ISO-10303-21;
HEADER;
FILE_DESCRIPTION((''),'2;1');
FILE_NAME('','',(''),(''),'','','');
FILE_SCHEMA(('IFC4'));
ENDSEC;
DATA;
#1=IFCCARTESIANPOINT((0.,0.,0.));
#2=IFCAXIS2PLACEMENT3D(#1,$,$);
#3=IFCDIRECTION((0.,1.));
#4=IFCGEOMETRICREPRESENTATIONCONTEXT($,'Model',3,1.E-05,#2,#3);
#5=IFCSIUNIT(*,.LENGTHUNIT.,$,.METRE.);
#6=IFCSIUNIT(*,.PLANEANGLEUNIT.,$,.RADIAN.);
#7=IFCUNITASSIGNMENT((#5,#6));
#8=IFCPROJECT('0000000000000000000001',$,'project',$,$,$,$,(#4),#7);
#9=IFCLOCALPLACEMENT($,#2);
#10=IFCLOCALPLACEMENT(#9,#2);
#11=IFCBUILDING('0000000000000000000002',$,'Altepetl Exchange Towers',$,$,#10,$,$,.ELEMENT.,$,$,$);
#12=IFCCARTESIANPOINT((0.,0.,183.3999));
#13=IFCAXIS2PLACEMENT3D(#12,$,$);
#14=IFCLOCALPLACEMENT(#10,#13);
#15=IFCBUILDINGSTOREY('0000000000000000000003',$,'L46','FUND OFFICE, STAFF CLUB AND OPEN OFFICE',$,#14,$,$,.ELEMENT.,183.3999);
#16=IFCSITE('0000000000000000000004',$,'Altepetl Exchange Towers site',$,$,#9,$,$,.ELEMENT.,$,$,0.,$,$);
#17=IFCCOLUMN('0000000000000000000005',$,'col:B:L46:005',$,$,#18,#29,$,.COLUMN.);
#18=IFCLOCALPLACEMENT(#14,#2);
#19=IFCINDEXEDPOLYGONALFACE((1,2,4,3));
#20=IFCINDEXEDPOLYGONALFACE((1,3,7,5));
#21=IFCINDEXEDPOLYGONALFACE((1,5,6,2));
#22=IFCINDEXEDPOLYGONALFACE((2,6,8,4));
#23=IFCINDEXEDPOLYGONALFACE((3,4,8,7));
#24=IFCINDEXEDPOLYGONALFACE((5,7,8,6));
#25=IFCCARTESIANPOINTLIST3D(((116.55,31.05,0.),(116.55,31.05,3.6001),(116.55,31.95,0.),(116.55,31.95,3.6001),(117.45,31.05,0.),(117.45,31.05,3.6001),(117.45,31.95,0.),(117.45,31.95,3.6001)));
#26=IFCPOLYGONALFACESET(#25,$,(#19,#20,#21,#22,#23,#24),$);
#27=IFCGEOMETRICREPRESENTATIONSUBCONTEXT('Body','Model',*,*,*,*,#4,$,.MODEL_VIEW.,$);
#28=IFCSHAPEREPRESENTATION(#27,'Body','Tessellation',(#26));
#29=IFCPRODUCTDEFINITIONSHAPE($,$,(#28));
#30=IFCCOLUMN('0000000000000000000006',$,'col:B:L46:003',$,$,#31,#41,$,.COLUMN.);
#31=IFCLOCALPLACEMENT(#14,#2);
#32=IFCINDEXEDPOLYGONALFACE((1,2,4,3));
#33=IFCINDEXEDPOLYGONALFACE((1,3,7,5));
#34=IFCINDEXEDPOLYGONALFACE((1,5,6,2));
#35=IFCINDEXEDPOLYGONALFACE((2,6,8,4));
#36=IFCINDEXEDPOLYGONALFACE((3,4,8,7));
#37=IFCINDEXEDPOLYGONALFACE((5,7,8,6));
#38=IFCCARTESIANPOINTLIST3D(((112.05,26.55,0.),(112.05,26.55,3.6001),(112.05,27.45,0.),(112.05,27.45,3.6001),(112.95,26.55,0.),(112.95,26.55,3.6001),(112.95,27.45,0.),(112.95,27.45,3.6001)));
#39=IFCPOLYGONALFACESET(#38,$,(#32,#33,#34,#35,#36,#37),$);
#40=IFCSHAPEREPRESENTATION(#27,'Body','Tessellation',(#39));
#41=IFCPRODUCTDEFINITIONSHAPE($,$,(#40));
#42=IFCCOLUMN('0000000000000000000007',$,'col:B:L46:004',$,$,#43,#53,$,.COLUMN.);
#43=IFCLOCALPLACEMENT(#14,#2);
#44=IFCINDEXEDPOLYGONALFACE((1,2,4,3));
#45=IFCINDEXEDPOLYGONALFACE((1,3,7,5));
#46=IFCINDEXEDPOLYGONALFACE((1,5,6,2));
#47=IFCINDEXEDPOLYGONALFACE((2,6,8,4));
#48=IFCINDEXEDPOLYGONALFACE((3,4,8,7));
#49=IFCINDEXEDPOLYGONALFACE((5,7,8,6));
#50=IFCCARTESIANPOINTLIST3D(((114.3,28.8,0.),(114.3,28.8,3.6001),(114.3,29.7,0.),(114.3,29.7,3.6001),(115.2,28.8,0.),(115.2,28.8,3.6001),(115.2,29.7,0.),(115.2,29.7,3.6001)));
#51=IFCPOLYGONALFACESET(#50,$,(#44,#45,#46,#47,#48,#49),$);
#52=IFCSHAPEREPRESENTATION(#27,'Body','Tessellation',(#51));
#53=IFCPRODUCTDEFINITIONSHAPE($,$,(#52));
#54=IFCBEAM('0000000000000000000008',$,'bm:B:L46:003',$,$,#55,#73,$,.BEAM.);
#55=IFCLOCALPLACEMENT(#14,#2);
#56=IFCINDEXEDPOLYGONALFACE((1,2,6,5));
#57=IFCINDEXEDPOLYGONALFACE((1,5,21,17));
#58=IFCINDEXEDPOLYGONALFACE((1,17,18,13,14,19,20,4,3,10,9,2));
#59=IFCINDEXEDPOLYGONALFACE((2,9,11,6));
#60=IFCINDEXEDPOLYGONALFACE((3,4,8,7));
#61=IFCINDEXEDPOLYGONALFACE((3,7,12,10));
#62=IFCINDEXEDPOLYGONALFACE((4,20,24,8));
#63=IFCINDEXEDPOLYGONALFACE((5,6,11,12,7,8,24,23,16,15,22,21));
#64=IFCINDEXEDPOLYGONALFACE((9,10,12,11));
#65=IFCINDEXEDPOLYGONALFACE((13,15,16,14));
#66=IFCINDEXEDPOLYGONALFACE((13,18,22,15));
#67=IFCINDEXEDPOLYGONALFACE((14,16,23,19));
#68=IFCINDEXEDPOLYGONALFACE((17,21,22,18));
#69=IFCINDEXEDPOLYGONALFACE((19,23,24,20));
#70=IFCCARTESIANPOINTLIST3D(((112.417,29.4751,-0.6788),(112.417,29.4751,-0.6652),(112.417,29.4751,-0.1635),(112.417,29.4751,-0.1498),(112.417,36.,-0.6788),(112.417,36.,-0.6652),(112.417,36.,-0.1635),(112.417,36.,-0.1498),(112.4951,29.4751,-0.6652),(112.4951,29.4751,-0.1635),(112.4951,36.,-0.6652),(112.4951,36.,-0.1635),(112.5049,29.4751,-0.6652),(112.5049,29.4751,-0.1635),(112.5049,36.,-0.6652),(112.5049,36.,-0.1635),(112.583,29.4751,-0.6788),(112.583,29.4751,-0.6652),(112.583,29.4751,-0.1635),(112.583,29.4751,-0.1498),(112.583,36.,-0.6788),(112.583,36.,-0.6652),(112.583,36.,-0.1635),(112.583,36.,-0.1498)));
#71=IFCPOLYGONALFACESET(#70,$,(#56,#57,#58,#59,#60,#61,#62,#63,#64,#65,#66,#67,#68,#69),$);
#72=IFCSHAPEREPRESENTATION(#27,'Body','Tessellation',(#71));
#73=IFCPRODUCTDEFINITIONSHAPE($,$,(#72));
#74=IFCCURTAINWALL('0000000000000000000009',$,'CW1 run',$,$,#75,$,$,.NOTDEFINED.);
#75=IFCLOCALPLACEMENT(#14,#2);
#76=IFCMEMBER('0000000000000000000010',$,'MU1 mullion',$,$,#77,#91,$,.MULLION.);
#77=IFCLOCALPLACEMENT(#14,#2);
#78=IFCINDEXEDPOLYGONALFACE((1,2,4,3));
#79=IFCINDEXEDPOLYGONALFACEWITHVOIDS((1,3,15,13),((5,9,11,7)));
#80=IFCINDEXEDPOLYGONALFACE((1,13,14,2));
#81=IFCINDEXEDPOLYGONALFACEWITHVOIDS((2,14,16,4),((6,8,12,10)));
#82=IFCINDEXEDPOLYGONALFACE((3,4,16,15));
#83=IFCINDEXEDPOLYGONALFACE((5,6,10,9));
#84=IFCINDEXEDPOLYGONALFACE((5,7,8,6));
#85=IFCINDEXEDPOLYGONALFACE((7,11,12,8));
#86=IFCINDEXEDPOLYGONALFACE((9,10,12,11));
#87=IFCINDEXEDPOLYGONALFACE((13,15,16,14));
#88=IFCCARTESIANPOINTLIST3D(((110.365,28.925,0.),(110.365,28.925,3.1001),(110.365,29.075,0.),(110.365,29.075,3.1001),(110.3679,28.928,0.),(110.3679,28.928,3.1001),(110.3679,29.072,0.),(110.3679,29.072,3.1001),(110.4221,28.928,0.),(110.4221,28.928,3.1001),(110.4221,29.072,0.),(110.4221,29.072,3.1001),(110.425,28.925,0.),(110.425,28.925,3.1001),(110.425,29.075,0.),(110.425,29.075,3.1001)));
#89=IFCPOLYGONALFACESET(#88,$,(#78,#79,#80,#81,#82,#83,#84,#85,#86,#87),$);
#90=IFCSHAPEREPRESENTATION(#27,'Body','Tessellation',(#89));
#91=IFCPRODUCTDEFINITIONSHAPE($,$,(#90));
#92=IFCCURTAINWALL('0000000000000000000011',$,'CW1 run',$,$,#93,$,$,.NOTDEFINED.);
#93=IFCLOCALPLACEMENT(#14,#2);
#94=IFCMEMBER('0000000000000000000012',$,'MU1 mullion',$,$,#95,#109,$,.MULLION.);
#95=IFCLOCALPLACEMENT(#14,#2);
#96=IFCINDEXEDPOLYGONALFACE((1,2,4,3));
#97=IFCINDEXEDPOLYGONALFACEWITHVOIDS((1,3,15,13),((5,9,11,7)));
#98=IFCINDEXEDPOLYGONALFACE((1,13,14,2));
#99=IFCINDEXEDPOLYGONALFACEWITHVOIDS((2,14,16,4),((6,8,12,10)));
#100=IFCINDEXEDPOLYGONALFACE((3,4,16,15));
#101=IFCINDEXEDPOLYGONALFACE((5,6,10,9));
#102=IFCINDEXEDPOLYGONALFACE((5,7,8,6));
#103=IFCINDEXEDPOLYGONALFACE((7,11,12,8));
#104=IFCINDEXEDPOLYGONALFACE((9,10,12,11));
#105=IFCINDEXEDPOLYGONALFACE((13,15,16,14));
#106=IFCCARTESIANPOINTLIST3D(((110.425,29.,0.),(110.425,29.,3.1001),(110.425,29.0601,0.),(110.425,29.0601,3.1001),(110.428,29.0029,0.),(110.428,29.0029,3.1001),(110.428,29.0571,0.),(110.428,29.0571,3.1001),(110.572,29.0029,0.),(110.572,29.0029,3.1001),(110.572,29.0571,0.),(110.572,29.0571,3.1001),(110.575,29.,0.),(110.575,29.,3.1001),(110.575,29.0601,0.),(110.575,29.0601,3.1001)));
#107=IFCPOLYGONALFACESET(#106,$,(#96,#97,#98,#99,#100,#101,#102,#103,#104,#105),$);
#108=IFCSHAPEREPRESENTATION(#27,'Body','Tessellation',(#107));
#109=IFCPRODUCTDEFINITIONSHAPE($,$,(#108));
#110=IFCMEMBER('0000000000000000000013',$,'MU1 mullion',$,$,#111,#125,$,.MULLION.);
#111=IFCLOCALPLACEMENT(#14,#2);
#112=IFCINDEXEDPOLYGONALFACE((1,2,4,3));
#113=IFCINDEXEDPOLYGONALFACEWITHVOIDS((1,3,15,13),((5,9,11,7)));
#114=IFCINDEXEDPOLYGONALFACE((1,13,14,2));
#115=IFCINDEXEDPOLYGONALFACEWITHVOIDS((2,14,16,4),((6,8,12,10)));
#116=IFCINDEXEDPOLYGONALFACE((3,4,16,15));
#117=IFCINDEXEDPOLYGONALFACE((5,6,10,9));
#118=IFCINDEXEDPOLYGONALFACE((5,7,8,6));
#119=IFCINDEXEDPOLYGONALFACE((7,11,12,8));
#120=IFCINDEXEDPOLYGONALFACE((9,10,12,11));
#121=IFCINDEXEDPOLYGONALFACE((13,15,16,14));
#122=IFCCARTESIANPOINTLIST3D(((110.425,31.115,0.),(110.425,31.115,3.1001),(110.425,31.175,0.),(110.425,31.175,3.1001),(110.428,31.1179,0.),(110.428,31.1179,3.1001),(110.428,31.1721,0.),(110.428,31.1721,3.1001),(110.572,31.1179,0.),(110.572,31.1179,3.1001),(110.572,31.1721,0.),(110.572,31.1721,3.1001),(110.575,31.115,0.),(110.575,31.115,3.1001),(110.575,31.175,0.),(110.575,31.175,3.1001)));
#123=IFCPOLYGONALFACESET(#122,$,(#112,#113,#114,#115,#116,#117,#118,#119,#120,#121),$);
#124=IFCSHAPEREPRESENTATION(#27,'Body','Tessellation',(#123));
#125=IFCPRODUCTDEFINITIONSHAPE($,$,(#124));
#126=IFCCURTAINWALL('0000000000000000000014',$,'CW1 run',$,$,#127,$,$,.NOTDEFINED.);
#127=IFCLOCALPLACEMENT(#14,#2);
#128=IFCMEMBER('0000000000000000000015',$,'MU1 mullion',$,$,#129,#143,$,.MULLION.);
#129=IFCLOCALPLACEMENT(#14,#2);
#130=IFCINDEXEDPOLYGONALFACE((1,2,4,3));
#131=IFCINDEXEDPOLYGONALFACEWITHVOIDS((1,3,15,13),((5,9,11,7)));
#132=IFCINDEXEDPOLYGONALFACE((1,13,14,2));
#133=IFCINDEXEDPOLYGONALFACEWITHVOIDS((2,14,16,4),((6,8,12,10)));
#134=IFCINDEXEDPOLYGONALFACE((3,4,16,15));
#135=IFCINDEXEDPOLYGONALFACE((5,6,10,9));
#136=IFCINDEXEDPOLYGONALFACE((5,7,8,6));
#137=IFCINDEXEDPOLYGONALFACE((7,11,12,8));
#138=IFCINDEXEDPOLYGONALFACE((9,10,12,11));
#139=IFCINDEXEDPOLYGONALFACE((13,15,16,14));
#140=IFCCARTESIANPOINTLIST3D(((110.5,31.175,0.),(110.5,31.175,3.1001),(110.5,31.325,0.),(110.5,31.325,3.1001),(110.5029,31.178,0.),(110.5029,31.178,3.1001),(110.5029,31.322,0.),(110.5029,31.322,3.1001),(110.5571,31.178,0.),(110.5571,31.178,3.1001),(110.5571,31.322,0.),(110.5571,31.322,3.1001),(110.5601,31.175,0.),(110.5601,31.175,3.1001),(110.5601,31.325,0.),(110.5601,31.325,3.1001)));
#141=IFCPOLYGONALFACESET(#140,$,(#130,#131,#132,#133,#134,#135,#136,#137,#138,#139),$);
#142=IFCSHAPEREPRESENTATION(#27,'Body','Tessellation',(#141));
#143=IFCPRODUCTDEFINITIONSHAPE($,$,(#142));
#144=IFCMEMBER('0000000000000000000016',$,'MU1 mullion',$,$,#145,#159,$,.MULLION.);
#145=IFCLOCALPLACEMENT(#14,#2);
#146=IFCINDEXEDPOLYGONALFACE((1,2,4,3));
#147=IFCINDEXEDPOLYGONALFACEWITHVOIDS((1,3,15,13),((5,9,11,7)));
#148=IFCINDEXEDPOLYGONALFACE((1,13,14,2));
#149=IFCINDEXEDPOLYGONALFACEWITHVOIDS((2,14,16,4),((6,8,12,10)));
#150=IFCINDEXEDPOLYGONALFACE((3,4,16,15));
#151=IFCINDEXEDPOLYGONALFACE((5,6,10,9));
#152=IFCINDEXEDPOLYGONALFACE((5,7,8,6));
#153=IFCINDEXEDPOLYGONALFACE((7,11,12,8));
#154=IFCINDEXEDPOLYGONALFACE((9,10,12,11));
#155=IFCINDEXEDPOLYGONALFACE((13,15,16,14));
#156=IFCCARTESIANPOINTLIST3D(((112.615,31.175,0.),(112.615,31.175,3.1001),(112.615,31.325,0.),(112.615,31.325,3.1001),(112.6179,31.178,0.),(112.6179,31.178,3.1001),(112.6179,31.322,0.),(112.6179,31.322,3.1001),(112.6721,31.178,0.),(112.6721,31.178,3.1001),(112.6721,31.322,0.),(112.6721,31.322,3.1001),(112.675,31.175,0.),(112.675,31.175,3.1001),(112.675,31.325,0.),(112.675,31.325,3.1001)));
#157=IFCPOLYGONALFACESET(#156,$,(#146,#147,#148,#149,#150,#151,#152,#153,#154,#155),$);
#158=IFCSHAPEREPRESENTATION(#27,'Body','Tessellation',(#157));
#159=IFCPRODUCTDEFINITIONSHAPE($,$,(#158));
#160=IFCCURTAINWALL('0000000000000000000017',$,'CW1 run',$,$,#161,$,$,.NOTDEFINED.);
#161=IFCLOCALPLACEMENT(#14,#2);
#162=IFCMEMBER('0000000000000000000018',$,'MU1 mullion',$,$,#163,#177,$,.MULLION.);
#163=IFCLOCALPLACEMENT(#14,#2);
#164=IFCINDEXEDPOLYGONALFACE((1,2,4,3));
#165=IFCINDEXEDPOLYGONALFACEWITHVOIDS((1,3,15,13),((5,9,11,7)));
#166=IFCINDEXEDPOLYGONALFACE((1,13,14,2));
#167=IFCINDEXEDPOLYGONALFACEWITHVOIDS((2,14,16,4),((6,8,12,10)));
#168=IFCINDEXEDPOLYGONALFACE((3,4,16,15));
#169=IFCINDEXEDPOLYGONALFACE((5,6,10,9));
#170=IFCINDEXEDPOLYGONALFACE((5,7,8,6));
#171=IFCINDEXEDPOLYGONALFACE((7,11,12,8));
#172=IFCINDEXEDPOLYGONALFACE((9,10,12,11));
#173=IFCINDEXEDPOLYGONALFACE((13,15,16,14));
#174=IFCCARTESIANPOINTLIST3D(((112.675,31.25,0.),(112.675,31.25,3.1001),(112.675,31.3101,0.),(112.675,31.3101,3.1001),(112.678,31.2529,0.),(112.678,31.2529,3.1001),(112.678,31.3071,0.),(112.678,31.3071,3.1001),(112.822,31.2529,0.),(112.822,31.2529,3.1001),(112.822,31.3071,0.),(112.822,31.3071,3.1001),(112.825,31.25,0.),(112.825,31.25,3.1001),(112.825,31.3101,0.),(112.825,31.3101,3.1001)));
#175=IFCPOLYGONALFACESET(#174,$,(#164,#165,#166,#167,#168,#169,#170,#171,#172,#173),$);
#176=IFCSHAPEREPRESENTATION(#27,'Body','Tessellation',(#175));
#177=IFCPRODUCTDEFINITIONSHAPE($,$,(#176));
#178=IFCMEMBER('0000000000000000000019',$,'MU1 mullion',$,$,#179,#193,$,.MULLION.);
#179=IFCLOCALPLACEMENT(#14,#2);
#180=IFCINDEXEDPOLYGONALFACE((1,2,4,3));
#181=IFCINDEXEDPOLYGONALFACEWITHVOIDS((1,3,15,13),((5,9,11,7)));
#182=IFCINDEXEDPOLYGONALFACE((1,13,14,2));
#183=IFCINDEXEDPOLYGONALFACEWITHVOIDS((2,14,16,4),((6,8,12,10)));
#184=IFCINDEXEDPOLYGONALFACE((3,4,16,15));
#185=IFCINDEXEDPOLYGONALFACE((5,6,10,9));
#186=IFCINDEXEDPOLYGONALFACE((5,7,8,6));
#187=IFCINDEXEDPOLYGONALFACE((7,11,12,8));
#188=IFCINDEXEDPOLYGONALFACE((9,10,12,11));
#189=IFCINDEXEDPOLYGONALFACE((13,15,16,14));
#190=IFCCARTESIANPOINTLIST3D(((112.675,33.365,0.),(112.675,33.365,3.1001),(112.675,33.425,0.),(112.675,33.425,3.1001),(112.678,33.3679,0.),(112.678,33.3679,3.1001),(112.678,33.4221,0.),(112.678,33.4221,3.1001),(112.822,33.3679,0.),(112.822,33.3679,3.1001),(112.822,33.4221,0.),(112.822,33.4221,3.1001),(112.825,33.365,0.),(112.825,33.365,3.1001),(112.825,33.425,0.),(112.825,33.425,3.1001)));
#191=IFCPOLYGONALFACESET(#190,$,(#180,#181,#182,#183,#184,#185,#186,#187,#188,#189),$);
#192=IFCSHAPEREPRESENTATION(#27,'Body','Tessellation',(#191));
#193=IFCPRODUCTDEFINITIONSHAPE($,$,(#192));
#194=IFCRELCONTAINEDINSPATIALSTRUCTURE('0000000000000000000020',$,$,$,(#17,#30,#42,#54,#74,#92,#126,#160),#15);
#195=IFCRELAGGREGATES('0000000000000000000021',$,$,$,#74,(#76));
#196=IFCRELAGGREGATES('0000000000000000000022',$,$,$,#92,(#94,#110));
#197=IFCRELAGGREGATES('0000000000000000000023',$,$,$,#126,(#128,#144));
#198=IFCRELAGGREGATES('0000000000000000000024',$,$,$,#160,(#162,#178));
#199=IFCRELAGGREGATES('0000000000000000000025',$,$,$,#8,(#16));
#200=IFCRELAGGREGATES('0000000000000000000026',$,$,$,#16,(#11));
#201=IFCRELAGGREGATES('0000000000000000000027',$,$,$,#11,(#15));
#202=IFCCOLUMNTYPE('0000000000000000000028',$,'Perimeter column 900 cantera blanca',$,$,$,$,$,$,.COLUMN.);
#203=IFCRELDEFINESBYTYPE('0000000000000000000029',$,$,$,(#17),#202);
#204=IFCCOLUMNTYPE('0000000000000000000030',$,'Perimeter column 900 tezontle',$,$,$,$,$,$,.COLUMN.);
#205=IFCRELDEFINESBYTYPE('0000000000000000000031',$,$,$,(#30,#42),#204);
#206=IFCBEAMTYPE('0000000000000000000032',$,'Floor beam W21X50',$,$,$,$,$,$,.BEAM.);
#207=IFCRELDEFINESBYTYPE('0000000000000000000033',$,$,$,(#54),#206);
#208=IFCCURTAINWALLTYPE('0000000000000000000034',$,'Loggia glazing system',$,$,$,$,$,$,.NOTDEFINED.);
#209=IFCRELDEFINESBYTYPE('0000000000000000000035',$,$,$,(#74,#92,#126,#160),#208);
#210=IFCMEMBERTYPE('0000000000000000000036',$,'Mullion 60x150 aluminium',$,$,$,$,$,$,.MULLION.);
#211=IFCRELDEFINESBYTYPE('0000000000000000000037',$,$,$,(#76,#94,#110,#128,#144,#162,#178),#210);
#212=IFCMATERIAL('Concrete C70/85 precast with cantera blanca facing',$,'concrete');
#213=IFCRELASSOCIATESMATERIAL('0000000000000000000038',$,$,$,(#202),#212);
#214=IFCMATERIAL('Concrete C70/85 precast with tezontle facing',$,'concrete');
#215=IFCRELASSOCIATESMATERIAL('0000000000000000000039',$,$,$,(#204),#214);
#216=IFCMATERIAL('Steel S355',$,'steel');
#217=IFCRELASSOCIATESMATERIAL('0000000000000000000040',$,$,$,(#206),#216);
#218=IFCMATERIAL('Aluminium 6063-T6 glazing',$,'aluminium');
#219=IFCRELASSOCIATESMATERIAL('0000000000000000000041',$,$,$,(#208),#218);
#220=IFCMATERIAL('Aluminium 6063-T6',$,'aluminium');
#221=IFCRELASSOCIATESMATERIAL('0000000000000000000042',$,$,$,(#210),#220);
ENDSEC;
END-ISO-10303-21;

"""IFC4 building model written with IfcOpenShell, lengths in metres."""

from ifc_helpers import new_model, si_unit, direction, frame, origin, origin_2d, place, context, subcontext, project, spatial, rectangle, hollow_rectangle, i_section, extrude, material, material_profile, profile_set, type_object, element, aggregate, save


model = new_model("IFC4")

# Units and contexts
model_context = context("Model", 3, precision=1e-05, world=origin(), true_north=direction((0.0, 1.0)))
body_context = subcontext(model_context, "Body", "Model", "MODEL_VIEW")
ifc_project = project(units=[si_unit("LENGTHUNIT", "METRE"), si_unit("PLANEANGLEUNIT", "RADIAN")], contexts=[model_context])

# Site, building, storey
site_placement = place(None, origin())
site = spatial("IfcSite", under=ifc_project, at=site_placement, Name="Altepetl Exchange Towers site", CompositionType="ELEMENT", RefElevation=0.0)
building_placement = place(site_placement, origin())
building = spatial("IfcBuilding", under=site, at=building_placement, Name="Altepetl Exchange Towers", CompositionType="ELEMENT")
storey_placement = place(building_placement, frame((0.0, 0.0, 183.3999)))
storey = spatial("IfcBuildingStorey", under=building, at=storey_placement, Name="L46", Description="FUND OFFICE, STAFF CLUB AND OPEN OFFICE", CompositionType="ELEMENT", Elevation=183.3999)

# Columns
ifc_material_1 = material(Name="Concrete C70/85 precast with cantera blanca facing", Category="concrete")
ifc_material_profile_1 = material_profile(ifc_material_1, rectangle(XDim=0.8999, YDim=0.8999, at=origin_2d()), Name="900 x 900")
ifc_profile_set_1 = profile_set([ifc_material_profile_1], Name="Concrete C70/85 precast with cantera blanca facing")
column_type_1 = type_object("IfcColumnType", Name="Perimeter column 900 cantera blanca", PredefinedType="COLUMN", material=ifc_profile_set_1)
column_placement = place(storey_placement, frame((117.0, 31.5, 0.0)))
element("IfcColumn", 1, at=column_placement, inside=storey, type_object=column_type_1, Name="col:B:L46:005", PredefinedType="COLUMN", context=body_context, shape_type="SweptSolid", body=[
    extrude(rectangle(XDim=0.8999, YDim=0.8999, at=origin_2d()), origin(), (0.0, 0.0, 1.0), 3.6001),
])
ifc_material_2 = material(Name="Concrete C70/85 precast with tezontle facing", Category="concrete")
ifc_material_profile_2 = material_profile(ifc_material_2, rectangle(XDim=0.8999, YDim=0.8999, at=origin_2d()), Name="900 x 900")
ifc_profile_set_2 = profile_set([ifc_material_profile_2], Name="Concrete C70/85 precast with tezontle facing")
column_type_2 = type_object("IfcColumnType", Name="Perimeter column 900 tezontle", PredefinedType="COLUMN", material=ifc_profile_set_2)
for number, where, name in (
    (2, (112.5, 27.0, 0.0), "col:B:L46:003"),
    (3, (114.75, 29.25, 0.0), "col:B:L46:004"),
):
    element("IfcColumn", number, at=place(storey_placement, frame(where)), inside=storey, type_object=column_type_2, Name=name, PredefinedType="COLUMN", context=body_context, shape_type="SweptSolid", body=[
        extrude(rectangle(XDim=0.8999, YDim=0.8999, at=origin_2d()), origin(), (0.0, 0.0, 1.0), 3.6001),
    ])

# Beam
ifc_material_3 = material(Name="Steel S355", Category="steel")
ifc_material_profile_3 = material_profile(ifc_material_3, i_section(OverallWidth=0.166, OverallDepth=0.5291, WebThickness=0.0098, FlangeThickness=0.0137, at=origin_2d()), Name="W21X50")
ifc_profile_set_3 = profile_set([ifc_material_profile_3], Name="Steel S355")
beam_type_1 = type_object("IfcBeamType", Name="Floor beam W21X50", PredefinedType="BEAM", material=ifc_profile_set_3)
beam_1_placement = place(storey_placement, frame((112.5, 29.4751, -0.4143), z_axis=(0.0, 1.0, 0.0), x_axis=(-1.0, 0.0, 0.0)))
element("IfcBeam", 4, at=beam_1_placement, inside=storey, type_object=beam_type_1, Name="bm:B:L46:003", PredefinedType="BEAM", context=body_context, shape_type="SweptSolid", body=[
    extrude(i_section(OverallWidth=0.166, OverallDepth=0.5291, WebThickness=0.0098, FlangeThickness=0.0137, at=origin_2d()), origin(), (0.0, 0.0, 1.0), 6.5249),
])

# Curtain wall, member
ifc_material_4 = material(Name="Aluminium 6063-T6 glazing", Category="aluminium")
curtain_wall_type = type_object("IfcCurtainWallType", Name="Loggia glazing system", PredefinedType="NOTDEFINED", material=ifc_material_4)
curtain_wall_1_placement = place(storey_placement, origin())
curtain_wall_1 = element("IfcCurtainWall", 5, at=curtain_wall_1_placement, inside=storey, type_object=curtain_wall_type, Name="CW1 run", PredefinedType="NOTDEFINED")
ifc_material_5 = material(Name="Aluminium 6063-T6", Category="aluminium")
ifc_material_profile_4 = material_profile(ifc_material_5, hollow_rectangle(XDim=0.0601, YDim=0.1499, WallThickness=0.0029, at=origin_2d()), Name="Mullion 60x150 aluminium")
ifc_profile_set_4 = profile_set([ifc_material_profile_4], Name="Aluminium 6063-T6")
member_type = type_object("IfcMemberType", Name="Mullion 60x150 aluminium", PredefinedType="MULLION", material=ifc_profile_set_4)
member_1_placement = place(storey_placement, frame((110.395, 29.0, 0.0)))
member_1 = element("IfcMember", 6, at=member_1_placement, type_object=member_type, Name="MU1 mullion", PredefinedType="MULLION", context=body_context, shape_type="SweptSolid", body=[
    extrude(hollow_rectangle(XDim=0.0601, YDim=0.1499, WallThickness=0.0029, at=origin_2d()), origin(), (0.0, 0.0, 1.0), 3.1001),
])

# Curtain walls, members
curtain_wall_2_placement = place(storey_placement, origin())
curtain_wall_2 = element("IfcCurtainWall", 7, at=curtain_wall_2_placement, inside=storey, type_object=curtain_wall_type, Name="CW1 run", PredefinedType="NOTDEFINED")
member_2_placement = place(storey_placement, frame((110.5, 29.03, 0.0), z_axis=(0.0, 0.0, 1.0), x_axis=(0.0, 1.0, 0.0)))
member_2 = element("IfcMember", 8, at=member_2_placement, type_object=member_type, Name="MU1 mullion", PredefinedType="MULLION", context=body_context, shape_type="SweptSolid", body=[
    extrude(hollow_rectangle(XDim=0.0601, YDim=0.1499, WallThickness=0.0029, at=origin_2d()), origin(), (0.0, 0.0, 1.0), 3.1001),
])
member_3_placement = place(storey_placement, frame((110.5, 31.145, 0.0), z_axis=(0.0, 0.0, 1.0), x_axis=(0.0, 1.0, 0.0)))
member_3 = element("IfcMember", 9, at=member_3_placement, type_object=member_type, Name="MU1 mullion", PredefinedType="MULLION", context=body_context, shape_type="SweptSolid", body=[
    extrude(hollow_rectangle(XDim=0.0601, YDim=0.1499, WallThickness=0.0029, at=origin_2d()), origin(), (0.0, 0.0, 1.0), 3.1001),
])
curtain_wall_3_placement = place(storey_placement, origin())
curtain_wall_3 = element("IfcCurtainWall", 10, at=curtain_wall_3_placement, inside=storey, type_object=curtain_wall_type, Name="CW1 run", PredefinedType="NOTDEFINED")
member_4_placement = place(storey_placement, frame((110.53, 31.25, 0.0)))
member_4 = element("IfcMember", 11, at=member_4_placement, type_object=member_type, Name="MU1 mullion", PredefinedType="MULLION", context=body_context, shape_type="SweptSolid", body=[
    extrude(hollow_rectangle(XDim=0.0601, YDim=0.1499, WallThickness=0.0029, at=origin_2d()), origin(), (0.0, 0.0, 1.0), 3.1001),
])
member_5_placement = place(storey_placement, frame((112.645, 31.25, 0.0)))
member_5 = element("IfcMember", 12, at=member_5_placement, type_object=member_type, Name="MU1 mullion", PredefinedType="MULLION", context=body_context, shape_type="SweptSolid", body=[
    extrude(hollow_rectangle(XDim=0.0601, YDim=0.1499, WallThickness=0.0029, at=origin_2d()), origin(), (0.0, 0.0, 1.0), 3.1001),
])
curtain_wall_4_placement = place(storey_placement, origin())
curtain_wall_4 = element("IfcCurtainWall", 13, at=curtain_wall_4_placement, inside=storey, type_object=curtain_wall_type, Name="CW1 run", PredefinedType="NOTDEFINED")
member_6_placement = place(storey_placement, frame((112.75, 31.28, 0.0), z_axis=(0.0, 0.0, 1.0), x_axis=(0.0, 1.0, 0.0)))
member_6 = element("IfcMember", 14, at=member_6_placement, type_object=member_type, Name="MU1 mullion", PredefinedType="MULLION", context=body_context, shape_type="SweptSolid", body=[
    extrude(hollow_rectangle(XDim=0.0601, YDim=0.1499, WallThickness=0.0029, at=origin_2d()), origin(), (0.0, 0.0, 1.0), 3.1001),
])
member_7_placement = place(storey_placement, frame((112.75, 33.395, 0.0), z_axis=(0.0, 0.0, 1.0), x_axis=(0.0, 1.0, 0.0)))
member_7 = element("IfcMember", 15, at=member_7_placement, type_object=member_type, Name="MU1 mullion", PredefinedType="MULLION", context=body_context, shape_type="SweptSolid", body=[
    extrude(hollow_rectangle(XDim=0.0601, YDim=0.1499, WallThickness=0.0029, at=origin_2d()), origin(), (0.0, 0.0, 1.0), 3.1001),
])

aggregate(curtain_wall_1, [member_1])
aggregate(curtain_wall_2, [member_2, member_3])
aggregate(curtain_wall_3, [member_4, member_5])
aggregate(curtain_wall_4, [member_6, member_7])

save(model, "model.ifc")
